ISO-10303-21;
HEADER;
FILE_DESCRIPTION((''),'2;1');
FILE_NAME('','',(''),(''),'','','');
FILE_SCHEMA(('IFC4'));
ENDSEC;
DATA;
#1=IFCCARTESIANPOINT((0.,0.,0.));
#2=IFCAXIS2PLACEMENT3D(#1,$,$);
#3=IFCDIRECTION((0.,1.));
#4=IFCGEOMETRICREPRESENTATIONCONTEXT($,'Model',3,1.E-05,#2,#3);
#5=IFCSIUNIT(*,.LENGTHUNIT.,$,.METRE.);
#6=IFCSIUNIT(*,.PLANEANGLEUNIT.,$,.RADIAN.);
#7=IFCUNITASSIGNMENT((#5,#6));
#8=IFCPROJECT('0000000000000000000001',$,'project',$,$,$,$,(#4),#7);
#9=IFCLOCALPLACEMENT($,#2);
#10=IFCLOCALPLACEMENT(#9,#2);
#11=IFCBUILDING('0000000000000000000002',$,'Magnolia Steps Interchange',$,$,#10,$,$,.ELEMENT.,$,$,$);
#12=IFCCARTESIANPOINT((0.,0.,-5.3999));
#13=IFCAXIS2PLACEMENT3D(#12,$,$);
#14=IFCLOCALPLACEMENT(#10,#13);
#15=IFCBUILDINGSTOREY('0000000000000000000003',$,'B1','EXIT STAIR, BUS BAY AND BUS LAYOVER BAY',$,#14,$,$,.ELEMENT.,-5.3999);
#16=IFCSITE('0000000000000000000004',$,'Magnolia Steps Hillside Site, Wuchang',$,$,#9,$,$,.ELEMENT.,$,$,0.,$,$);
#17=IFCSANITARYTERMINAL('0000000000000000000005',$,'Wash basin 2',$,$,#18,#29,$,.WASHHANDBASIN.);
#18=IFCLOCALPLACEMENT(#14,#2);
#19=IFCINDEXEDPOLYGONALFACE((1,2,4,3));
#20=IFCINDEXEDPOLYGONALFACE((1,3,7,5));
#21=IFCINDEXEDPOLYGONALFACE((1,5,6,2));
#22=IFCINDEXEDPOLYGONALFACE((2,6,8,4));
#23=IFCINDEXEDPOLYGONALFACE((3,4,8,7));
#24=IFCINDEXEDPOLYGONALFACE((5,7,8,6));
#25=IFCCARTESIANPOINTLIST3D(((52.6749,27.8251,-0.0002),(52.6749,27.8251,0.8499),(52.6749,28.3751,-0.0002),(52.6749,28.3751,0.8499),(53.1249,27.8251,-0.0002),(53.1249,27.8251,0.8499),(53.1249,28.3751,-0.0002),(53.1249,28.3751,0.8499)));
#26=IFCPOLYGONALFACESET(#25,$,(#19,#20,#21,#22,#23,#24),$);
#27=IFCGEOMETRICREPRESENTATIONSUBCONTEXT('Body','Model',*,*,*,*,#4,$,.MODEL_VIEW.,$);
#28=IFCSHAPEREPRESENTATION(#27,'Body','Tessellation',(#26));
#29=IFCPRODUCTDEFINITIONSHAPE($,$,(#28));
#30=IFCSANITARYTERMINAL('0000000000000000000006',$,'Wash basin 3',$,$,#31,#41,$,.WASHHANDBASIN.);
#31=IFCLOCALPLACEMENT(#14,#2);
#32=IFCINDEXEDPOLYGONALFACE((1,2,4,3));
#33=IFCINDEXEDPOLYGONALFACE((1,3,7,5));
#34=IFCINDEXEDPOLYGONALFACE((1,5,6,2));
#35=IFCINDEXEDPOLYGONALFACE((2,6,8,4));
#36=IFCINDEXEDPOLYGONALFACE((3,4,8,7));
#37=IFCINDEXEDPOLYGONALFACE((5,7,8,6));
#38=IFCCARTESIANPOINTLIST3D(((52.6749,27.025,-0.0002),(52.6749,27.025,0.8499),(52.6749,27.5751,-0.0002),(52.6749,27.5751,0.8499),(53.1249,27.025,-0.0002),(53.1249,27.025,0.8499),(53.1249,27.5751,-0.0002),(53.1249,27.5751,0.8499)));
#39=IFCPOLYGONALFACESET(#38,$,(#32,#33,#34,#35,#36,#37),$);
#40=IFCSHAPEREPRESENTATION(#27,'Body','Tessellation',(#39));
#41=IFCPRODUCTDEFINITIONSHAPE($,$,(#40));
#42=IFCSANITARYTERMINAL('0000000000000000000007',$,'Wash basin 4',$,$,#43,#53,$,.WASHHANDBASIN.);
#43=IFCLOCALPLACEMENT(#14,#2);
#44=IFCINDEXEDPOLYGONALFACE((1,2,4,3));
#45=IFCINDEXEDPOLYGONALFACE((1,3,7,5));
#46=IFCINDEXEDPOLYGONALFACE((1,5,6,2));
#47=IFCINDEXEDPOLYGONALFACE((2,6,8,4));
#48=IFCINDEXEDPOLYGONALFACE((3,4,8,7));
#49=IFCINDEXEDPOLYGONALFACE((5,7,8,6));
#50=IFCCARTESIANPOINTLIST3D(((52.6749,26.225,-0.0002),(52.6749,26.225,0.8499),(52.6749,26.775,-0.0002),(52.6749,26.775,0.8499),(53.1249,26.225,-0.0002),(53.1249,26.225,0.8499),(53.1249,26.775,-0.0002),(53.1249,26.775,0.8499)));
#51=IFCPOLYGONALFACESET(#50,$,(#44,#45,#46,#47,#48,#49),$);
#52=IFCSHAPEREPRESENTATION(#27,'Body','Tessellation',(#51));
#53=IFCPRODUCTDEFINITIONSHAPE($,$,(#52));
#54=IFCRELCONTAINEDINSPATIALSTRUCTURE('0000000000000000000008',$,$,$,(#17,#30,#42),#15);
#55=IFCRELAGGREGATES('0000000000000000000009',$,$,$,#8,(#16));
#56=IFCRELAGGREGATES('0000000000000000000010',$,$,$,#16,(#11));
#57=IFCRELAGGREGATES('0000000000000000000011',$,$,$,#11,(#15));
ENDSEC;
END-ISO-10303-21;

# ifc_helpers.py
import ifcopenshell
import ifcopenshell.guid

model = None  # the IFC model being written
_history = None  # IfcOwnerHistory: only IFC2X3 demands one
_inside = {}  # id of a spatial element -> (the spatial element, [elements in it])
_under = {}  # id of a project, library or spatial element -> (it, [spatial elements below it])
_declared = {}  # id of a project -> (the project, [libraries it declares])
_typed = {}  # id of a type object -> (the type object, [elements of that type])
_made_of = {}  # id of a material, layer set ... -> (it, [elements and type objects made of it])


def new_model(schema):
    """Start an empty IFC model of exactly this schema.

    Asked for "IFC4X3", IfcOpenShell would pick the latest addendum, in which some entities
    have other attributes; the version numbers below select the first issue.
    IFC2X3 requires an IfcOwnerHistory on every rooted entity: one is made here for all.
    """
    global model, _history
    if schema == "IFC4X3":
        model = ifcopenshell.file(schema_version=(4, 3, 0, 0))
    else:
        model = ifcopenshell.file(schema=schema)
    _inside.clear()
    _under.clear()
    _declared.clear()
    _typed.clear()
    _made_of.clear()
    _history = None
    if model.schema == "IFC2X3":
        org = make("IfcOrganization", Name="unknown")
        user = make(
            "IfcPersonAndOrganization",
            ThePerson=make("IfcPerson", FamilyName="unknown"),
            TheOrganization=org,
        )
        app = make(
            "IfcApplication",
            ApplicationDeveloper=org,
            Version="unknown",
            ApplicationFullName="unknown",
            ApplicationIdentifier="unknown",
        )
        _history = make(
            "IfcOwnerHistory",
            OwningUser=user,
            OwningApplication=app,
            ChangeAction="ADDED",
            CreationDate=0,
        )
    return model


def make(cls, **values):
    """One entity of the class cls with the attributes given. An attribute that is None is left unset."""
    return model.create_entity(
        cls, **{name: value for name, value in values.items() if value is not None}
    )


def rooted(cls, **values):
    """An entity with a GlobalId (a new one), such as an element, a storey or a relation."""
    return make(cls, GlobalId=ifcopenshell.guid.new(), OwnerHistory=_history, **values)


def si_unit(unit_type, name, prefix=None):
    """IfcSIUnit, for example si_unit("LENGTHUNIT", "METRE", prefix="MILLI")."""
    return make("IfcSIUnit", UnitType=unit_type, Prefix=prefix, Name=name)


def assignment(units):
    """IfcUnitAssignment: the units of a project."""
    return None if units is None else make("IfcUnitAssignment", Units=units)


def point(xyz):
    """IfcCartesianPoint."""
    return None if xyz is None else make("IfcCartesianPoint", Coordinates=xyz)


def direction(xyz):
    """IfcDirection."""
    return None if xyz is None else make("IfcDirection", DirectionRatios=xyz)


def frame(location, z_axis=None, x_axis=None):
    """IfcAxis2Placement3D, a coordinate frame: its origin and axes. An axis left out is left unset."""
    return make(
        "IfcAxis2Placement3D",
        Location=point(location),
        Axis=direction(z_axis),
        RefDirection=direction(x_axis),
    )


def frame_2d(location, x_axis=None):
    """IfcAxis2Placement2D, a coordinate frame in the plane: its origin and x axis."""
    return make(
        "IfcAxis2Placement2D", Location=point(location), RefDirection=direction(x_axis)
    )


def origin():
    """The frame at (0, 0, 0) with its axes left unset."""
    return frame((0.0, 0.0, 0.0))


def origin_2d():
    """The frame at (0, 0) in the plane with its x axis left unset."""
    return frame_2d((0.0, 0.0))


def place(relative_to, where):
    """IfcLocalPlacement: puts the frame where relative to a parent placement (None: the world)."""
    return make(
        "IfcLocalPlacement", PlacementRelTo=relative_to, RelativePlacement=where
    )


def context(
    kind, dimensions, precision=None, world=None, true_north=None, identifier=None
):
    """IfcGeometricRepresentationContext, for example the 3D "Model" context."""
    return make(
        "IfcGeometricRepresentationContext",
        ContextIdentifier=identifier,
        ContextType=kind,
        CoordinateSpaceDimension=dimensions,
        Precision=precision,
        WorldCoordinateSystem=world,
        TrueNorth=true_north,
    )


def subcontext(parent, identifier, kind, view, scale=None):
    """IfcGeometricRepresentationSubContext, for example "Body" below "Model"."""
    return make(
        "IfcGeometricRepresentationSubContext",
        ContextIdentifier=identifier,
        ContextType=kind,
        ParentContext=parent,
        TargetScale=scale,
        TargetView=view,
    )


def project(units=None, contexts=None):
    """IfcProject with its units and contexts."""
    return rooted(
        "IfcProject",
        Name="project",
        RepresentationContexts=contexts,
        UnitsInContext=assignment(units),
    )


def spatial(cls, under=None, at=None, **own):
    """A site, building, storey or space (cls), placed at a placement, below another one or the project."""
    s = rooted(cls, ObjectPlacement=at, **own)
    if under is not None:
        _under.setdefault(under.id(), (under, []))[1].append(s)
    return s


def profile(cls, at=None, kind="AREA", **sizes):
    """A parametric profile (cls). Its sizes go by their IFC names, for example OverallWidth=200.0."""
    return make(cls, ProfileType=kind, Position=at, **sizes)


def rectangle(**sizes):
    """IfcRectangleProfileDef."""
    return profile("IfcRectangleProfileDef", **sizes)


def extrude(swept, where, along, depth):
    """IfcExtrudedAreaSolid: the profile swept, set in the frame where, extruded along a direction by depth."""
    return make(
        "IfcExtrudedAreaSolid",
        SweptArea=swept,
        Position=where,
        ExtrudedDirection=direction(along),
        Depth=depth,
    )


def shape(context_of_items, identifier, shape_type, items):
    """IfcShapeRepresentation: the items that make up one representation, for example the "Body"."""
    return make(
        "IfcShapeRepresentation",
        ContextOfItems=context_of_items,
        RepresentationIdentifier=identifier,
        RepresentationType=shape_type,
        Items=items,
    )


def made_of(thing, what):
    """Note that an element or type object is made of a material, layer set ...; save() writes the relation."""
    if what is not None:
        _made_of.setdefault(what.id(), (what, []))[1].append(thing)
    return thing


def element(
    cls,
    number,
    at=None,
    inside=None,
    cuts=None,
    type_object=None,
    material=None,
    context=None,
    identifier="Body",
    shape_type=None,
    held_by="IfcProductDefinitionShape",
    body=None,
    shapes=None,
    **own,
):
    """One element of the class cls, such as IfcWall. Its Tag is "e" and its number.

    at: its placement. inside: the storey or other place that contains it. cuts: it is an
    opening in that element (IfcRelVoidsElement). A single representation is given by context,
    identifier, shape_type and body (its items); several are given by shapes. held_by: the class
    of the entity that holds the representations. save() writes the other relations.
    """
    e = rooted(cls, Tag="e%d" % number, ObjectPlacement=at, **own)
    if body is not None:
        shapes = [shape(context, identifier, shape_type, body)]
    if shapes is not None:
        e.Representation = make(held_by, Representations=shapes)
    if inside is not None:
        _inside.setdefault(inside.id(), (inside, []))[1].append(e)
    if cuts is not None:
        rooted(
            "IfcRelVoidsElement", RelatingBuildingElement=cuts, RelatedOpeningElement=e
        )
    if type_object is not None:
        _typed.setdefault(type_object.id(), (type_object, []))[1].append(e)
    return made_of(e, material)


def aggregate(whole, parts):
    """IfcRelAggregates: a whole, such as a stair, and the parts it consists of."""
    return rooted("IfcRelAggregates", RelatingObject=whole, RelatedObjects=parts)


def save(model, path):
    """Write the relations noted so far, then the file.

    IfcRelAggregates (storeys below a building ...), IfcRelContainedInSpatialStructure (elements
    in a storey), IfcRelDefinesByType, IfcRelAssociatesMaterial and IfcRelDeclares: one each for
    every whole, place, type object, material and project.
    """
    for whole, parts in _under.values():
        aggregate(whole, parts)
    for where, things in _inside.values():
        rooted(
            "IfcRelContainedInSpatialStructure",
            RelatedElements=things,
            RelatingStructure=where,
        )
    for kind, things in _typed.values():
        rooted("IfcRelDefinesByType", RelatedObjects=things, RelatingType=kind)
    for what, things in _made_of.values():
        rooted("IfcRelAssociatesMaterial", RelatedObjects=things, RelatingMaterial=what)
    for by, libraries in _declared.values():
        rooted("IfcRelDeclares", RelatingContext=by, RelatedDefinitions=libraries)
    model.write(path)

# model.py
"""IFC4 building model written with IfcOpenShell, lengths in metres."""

from ifc_helpers import new_model, si_unit, direction, frame, origin, origin_2d, place, context, subcontext, project, spatial, rectangle, extrude, element, save


model = new_model("IFC4")

# Units and contexts
model_context = context("Model", 3, precision=1e-05, world=origin(), true_north=direction((0.0, 1.0)))
body_context = subcontext(model_context, "Body", "Model", "MODEL_VIEW")
ifc_project = project(units=[si_unit("LENGTHUNIT", "METRE"), si_unit("PLANEANGLEUNIT", "RADIAN")], contexts=[model_context])

# Site, building, storey
site_placement = place(None, origin())
site = spatial("IfcSite", under=ifc_project, at=site_placement, Name="Magnolia Steps Hillside Site, Wuchang", CompositionType="ELEMENT", RefElevation=0.0)
building_placement = place(site_placement, origin())
building = spatial("IfcBuilding", under=site, at=building_placement, Name="Magnolia Steps Interchange", CompositionType="ELEMENT")
storey_placement = place(building_placement, frame((0.0, 0.0, -5.3999)))
storey = spatial("IfcBuildingStorey", under=building, at=storey_placement, Name="B1", Description="EXIT STAIR, BUS BAY AND BUS LAYOVER BAY", CompositionType="ELEMENT", Elevation=-5.3999)

# Sanitary terminals
for number, where, z_axis, x_axis, name in (
    (1, (52.8999, 28.1001, -0.0002), (0.0, 0.0, 1.0), (1.0, 0.0, 0.0), "Wash basin 2"),
    (2, (52.8999, 27.3, -0.0002), (0.0, 0.0, 1.0), (1.0, 0.0, 0.0), "Wash basin 3"),
    (3, (52.8999, 26.5, -0.0002), (0.0, 0.0, 1.0), (1.0, 0.0, 0.0), "Wash basin 4"),
):
    element("IfcSanitaryTerminal", number, at=place(storey_placement, frame(where, z_axis=z_axis, x_axis=x_axis)), inside=storey, Name=name, PredefinedType="WASHHANDBASIN", context=body_context, shape_type="SweptSolid", body=[
        extrude(rectangle(XDim=0.45, YDim=0.55, at=origin_2d()), origin(), (0.0, 0.0, 1.0), 0.8501),
    ])

save(model, "model.ifc")
